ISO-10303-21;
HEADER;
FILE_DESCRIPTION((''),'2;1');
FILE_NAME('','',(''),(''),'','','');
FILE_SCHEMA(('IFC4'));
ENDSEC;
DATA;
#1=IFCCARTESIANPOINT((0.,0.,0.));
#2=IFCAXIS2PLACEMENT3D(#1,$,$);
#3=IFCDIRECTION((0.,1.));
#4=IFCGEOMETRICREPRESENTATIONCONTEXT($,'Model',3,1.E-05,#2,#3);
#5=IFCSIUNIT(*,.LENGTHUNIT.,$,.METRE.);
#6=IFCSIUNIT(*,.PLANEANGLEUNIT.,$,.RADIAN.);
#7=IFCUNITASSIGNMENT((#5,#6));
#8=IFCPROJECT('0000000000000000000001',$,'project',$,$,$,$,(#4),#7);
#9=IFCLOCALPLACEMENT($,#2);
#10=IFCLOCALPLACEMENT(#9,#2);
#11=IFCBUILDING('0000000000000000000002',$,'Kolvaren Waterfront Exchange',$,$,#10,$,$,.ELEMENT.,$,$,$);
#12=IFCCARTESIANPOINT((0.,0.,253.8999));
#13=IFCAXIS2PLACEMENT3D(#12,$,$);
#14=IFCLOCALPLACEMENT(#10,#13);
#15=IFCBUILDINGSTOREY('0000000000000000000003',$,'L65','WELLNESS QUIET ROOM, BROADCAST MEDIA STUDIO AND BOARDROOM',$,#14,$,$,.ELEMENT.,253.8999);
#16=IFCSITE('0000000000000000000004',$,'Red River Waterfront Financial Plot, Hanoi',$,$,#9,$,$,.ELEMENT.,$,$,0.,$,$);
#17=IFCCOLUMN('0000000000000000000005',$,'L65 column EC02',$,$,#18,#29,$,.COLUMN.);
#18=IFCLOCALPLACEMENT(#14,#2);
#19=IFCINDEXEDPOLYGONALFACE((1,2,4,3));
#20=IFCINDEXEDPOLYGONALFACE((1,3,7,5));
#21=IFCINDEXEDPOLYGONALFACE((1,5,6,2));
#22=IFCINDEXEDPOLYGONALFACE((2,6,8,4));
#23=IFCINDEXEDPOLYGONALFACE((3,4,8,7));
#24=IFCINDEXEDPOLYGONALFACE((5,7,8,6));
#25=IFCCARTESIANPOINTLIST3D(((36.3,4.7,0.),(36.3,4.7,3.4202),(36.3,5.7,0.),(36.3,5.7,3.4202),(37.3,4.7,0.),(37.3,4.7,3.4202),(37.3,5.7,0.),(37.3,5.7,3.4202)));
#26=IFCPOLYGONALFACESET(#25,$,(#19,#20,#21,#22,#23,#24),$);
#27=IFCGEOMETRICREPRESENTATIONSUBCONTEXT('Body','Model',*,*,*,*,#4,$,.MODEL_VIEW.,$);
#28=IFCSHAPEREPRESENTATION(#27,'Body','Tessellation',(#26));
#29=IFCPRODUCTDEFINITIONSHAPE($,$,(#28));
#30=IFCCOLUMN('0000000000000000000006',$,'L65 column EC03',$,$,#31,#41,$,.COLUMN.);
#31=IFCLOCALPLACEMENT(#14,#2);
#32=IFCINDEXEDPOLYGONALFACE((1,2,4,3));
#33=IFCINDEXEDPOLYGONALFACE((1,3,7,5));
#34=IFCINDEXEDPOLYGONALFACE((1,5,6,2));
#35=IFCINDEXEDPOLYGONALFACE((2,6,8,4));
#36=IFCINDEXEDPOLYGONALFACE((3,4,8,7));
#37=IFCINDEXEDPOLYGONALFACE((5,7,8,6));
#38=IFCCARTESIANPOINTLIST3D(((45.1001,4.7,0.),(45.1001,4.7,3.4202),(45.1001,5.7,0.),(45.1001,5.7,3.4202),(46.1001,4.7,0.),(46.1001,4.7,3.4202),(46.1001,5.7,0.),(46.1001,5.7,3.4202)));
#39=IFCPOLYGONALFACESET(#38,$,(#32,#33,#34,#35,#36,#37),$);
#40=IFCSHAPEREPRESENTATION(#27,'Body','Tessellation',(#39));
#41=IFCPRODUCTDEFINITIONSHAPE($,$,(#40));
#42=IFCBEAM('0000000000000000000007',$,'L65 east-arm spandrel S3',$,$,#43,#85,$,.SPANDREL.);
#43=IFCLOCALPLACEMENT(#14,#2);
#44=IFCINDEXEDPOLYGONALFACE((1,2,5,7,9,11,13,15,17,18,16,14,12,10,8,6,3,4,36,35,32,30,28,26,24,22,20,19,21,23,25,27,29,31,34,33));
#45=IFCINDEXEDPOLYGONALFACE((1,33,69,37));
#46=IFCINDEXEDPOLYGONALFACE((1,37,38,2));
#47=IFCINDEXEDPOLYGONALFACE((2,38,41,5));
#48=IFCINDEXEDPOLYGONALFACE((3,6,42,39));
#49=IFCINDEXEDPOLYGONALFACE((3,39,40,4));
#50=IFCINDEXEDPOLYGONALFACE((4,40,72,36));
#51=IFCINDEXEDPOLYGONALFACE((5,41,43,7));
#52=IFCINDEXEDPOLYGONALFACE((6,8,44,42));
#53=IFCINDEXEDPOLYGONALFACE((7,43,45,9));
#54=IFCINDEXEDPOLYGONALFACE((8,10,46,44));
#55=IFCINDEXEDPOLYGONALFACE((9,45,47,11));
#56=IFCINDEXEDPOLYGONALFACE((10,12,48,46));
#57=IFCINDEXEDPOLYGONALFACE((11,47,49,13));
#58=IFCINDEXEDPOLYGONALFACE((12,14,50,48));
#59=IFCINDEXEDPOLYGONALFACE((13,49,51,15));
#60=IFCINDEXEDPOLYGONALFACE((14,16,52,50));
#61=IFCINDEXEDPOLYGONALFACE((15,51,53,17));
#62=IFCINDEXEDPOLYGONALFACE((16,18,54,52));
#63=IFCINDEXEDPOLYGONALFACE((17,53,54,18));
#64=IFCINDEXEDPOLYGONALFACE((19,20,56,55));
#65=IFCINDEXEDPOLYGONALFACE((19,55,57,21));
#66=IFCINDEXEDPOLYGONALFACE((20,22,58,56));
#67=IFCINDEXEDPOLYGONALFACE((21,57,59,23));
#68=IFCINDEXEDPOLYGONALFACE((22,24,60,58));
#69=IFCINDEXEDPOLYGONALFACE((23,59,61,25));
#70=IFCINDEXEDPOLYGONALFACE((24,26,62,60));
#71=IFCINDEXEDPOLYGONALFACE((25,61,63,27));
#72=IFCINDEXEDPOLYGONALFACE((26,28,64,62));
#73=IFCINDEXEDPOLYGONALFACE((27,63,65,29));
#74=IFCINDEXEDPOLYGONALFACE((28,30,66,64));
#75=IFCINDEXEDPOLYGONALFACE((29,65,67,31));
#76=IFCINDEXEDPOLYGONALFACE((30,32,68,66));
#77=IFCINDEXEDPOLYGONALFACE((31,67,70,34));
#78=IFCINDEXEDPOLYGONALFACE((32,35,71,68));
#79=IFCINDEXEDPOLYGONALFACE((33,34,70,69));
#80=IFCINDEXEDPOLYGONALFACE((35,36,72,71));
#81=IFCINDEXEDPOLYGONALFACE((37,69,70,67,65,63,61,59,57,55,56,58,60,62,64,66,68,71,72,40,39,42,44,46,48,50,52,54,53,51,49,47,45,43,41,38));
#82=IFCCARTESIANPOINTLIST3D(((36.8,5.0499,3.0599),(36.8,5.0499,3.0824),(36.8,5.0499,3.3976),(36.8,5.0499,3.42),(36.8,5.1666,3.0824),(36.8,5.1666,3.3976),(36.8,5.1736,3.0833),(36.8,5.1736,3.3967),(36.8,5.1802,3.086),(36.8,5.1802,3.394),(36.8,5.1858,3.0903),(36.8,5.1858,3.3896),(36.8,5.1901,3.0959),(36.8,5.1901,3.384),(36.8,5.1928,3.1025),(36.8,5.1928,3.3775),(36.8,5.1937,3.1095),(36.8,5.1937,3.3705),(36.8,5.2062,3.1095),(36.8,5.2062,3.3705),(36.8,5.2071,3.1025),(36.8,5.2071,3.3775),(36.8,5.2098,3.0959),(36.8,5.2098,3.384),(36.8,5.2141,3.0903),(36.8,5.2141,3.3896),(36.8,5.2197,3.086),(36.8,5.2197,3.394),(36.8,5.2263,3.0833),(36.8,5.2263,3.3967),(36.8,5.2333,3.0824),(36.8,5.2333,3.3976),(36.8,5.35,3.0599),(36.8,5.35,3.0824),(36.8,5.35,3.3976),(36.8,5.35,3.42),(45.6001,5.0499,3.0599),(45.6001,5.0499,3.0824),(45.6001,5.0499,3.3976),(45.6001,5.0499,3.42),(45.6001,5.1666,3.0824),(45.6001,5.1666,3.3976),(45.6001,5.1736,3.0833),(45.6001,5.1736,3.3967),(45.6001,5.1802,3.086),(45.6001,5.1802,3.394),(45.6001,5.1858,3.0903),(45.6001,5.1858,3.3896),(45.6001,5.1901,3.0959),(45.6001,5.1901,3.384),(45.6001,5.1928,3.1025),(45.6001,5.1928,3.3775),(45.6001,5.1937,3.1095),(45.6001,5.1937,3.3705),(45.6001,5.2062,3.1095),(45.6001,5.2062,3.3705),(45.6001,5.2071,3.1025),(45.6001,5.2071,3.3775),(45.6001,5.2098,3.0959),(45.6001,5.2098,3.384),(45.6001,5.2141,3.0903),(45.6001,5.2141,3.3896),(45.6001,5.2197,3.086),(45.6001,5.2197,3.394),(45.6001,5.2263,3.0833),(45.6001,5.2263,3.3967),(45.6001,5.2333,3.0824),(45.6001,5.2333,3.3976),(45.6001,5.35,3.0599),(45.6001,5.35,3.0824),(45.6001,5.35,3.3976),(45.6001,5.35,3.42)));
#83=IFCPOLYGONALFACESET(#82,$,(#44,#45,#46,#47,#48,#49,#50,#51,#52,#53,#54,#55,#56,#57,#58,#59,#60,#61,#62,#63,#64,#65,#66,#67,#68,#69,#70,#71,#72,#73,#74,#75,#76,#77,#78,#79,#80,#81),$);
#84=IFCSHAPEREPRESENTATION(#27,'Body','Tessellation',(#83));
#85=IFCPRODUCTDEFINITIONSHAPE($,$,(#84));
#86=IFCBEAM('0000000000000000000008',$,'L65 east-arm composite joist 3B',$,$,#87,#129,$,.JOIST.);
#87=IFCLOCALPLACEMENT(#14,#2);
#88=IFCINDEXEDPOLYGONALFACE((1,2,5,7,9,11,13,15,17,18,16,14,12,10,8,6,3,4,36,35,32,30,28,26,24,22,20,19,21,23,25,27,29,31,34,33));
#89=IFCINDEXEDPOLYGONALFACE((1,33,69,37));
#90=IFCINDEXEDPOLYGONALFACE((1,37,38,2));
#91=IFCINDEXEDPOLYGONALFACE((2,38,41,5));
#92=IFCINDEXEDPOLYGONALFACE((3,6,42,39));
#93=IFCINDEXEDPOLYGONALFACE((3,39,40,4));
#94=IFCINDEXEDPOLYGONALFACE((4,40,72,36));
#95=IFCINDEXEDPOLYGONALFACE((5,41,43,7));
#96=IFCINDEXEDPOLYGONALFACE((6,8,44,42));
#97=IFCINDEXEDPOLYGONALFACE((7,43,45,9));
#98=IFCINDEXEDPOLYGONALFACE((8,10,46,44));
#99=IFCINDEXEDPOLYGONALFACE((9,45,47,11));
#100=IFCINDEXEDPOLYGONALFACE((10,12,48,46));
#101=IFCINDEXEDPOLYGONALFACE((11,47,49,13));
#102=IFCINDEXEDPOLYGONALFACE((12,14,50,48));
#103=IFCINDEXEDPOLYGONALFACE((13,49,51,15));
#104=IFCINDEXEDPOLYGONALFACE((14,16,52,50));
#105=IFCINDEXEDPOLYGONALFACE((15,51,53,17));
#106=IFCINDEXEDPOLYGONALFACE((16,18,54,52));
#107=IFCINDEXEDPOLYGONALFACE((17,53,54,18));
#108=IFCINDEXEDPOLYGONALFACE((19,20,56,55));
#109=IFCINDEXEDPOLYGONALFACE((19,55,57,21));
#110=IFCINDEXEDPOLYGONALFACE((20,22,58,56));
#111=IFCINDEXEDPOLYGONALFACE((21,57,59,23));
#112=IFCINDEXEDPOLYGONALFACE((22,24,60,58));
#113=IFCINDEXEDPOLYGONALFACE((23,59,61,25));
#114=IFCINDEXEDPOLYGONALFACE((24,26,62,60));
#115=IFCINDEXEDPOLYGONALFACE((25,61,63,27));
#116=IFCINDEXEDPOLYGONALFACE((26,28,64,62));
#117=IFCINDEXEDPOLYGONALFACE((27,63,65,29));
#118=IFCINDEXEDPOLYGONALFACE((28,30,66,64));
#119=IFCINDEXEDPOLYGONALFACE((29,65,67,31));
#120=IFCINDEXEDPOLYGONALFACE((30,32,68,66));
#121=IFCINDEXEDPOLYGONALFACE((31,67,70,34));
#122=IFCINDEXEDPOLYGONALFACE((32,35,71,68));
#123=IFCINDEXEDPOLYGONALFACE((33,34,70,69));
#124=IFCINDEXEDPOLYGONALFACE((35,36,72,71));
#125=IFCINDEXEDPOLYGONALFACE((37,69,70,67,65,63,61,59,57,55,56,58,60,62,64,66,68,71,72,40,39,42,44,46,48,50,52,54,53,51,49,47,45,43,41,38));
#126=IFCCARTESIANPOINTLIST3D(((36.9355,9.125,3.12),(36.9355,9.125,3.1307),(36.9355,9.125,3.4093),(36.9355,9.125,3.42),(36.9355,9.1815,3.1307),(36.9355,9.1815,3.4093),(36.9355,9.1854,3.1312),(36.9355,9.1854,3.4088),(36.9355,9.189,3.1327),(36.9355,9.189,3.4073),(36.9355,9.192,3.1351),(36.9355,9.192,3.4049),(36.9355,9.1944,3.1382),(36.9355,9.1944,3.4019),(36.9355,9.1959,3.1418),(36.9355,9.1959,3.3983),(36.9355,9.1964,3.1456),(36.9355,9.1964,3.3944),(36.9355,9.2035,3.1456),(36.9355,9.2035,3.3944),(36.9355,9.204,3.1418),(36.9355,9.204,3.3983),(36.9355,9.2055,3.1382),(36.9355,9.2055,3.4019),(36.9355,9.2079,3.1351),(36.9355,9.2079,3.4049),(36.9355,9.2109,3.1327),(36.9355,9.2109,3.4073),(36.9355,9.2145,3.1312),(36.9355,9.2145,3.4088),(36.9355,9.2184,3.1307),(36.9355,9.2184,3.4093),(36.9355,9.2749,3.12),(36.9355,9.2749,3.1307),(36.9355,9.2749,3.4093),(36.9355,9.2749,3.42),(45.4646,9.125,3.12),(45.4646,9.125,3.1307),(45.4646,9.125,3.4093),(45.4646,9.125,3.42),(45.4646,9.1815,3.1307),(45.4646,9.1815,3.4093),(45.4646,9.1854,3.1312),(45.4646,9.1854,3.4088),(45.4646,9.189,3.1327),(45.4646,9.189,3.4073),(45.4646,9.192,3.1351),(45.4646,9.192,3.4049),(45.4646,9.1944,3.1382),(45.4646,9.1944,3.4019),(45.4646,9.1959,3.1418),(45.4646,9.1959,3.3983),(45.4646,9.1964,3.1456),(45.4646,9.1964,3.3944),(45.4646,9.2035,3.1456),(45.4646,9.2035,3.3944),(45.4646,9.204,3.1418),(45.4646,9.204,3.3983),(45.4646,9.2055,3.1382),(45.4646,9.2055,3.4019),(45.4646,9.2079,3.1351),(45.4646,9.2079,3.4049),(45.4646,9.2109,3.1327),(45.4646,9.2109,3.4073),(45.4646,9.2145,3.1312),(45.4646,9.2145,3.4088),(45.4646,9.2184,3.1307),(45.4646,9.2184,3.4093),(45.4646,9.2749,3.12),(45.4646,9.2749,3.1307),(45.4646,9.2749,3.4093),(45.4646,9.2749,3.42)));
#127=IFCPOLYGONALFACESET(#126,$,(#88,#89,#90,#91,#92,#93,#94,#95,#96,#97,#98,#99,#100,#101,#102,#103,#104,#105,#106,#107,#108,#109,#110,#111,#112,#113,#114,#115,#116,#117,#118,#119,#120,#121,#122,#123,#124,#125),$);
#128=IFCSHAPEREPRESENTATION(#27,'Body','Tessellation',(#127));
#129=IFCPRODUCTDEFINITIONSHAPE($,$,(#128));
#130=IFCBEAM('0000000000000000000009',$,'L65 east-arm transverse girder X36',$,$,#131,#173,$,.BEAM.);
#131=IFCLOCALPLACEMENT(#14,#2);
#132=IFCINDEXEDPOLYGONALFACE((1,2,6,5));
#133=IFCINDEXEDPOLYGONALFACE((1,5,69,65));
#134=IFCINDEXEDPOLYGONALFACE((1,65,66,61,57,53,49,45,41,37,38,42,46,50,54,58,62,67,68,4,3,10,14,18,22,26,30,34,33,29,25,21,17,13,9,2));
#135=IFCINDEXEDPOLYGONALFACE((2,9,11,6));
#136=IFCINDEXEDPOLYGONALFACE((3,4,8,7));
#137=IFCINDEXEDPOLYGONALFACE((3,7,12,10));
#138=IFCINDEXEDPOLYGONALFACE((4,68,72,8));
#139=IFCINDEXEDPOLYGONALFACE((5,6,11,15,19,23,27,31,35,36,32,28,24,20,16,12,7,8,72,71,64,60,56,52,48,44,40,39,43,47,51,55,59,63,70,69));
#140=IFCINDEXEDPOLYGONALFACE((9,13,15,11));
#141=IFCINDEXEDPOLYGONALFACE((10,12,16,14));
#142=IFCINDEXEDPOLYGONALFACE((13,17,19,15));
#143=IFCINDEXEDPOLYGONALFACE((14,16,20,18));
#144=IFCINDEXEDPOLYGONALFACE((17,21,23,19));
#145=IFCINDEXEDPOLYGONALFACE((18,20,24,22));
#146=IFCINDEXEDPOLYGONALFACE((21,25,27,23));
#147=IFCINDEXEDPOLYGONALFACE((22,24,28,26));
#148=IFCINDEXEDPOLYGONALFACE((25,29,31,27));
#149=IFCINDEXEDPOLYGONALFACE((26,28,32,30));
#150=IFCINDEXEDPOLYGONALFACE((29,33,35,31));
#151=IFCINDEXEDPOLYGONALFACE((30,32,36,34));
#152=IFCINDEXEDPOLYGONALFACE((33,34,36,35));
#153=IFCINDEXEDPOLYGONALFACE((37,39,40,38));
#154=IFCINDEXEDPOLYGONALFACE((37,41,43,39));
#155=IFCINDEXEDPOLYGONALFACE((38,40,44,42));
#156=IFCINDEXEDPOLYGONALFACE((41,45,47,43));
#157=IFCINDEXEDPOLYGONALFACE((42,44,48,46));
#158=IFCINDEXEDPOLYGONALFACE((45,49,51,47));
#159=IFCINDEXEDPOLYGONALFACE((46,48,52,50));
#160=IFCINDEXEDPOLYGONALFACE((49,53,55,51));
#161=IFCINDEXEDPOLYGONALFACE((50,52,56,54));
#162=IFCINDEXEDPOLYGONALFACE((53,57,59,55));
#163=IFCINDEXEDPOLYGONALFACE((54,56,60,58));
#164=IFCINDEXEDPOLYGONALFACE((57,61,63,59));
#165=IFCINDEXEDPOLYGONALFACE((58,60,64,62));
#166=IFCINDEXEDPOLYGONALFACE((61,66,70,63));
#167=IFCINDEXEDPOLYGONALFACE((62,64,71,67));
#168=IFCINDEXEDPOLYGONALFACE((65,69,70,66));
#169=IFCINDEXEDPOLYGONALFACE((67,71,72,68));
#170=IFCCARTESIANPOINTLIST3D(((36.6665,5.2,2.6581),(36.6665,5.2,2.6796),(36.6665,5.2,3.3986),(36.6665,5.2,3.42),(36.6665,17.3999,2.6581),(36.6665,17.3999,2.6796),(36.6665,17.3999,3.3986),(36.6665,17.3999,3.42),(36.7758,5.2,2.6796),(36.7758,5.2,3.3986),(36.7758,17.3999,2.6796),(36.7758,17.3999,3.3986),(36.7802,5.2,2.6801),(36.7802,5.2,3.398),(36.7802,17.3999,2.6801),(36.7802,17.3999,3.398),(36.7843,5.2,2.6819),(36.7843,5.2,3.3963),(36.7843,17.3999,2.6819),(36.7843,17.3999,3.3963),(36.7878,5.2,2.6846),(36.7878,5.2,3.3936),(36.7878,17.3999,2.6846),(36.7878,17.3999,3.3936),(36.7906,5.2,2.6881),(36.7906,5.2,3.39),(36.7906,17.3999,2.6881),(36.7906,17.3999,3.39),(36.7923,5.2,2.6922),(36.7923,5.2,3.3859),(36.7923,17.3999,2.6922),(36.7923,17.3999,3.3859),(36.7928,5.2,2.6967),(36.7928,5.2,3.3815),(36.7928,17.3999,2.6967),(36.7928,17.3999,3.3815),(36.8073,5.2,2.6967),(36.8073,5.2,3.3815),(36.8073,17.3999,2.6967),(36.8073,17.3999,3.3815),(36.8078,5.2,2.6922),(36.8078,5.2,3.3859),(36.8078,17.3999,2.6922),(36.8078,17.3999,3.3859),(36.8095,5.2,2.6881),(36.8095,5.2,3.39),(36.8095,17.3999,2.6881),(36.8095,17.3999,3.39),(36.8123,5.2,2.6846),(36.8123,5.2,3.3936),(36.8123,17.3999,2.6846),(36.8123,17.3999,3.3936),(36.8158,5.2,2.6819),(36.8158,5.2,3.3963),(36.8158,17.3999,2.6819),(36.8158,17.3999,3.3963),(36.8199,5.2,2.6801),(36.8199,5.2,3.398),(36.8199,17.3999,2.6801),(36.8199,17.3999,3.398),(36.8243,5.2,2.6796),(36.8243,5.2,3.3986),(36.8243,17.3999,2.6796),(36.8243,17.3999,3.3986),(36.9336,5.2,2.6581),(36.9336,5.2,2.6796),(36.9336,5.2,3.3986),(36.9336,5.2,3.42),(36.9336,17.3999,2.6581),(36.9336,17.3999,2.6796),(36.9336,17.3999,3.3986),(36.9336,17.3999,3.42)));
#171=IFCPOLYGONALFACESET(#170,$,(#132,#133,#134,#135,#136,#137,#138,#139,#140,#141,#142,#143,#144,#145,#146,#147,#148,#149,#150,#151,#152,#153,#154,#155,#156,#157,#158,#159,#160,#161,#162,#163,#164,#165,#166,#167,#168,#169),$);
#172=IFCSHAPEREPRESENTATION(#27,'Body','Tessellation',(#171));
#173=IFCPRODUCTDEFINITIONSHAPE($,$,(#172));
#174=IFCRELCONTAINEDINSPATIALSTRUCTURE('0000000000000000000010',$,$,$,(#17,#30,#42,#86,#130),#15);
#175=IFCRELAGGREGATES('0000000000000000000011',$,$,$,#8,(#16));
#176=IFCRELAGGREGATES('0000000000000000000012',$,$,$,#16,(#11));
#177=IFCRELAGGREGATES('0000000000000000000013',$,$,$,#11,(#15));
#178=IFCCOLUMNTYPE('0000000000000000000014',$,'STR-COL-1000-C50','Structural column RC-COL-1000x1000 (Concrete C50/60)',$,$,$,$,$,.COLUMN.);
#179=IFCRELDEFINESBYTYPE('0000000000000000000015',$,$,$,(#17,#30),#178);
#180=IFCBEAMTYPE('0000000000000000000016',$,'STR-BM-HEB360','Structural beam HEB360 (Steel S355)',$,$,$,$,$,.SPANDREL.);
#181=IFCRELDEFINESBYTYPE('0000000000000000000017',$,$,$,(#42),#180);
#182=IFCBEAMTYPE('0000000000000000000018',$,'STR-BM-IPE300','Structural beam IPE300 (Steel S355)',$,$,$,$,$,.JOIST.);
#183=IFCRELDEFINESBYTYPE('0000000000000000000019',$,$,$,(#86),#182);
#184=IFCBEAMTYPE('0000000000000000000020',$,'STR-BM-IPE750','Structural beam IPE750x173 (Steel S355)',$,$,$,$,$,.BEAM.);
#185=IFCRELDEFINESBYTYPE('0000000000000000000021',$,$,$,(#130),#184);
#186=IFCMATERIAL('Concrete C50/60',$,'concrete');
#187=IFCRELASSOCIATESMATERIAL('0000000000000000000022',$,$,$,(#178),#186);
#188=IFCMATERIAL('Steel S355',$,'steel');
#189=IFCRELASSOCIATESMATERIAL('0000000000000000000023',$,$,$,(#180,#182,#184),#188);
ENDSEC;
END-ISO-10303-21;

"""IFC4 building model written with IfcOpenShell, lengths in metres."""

from ifc_helpers import new_model, si_unit, direction, frame, origin, origin_2d, place, context, subcontext, project, spatial, rectangle, i_section, extrude, material, material_profile, profile_set, type_object, element, save


model = new_model("IFC4")

# Units and contexts
model_context = context("Model", 3, precision=1e-05, world=origin(), true_north=direction((0.0, 1.0)))
body_context = subcontext(model_context, "Body", "Model", "MODEL_VIEW")
ifc_project = project(units=[si_unit("LENGTHUNIT", "METRE"), si_unit("PLANEANGLEUNIT", "RADIAN")], contexts=[model_context])

# Site, building, storey
site_placement = place(None, origin())
site = spatial("IfcSite", under=ifc_project, at=site_placement, Name="Red River Waterfront Financial Plot, Hanoi", CompositionType="ELEMENT", RefElevation=0.0)
building_placement = place(site_placement, origin())
building = spatial("IfcBuilding", under=site, at=building_placement, Name="Kolvaren Waterfront Exchange", CompositionType="ELEMENT")
storey_placement = place(building_placement, frame((0.0, 0.0, 253.8999)))
storey = spatial("IfcBuildingStorey", under=building, at=storey_placement, Name="L65", Description="WELLNESS QUIET ROOM, BROADCAST MEDIA STUDIO AND BOARDROOM", CompositionType="ELEMENT", Elevation=253.8999)

# Columns
ifc_material_1 = material(Name="Concrete C50/60", Category="concrete")
ifc_material_profile_1 = material_profile(ifc_material_1, rectangle(XDim=1.0, YDim=1.0, at=origin_2d()), Name="RC-COL-1000x1000")
ifc_profile_set_1 = profile_set([ifc_material_profile_1], Name="Concrete C50/60")
column_type = type_object("IfcColumnType", Name="STR-COL-1000-C50", Description="Structural column RC-COL-1000x1000 (Concrete C50/60)", PredefinedType="COLUMN", material=ifc_profile_set_1)
for number, where, z_axis, x_axis, name in (
    (1, (36.8, 5.2, 0.0), (0.0, 0.0, 1.0), (1.0, 0.0, 0.0), "L65 column EC02"),
    (2, (45.6001, 5.2, 0.0), (0.0, 0.0, 1.0), (1.0, 0.0, 0.0), "L65 column EC03"),
):
    element("IfcColumn", number, at=place(storey_placement, frame(where, z_axis=z_axis, x_axis=x_axis)), inside=storey, type_object=column_type, Name=name, PredefinedType="COLUMN", context=body_context, shape_type="SweptSolid", body=[
        extrude(rectangle(XDim=1.0, YDim=1.0, at=origin_2d()), origin(), (0.0, 0.0, 1.0), 3.4202),
    ])

# Beams
ifc_material_2 = material(Name="Steel S355", Category="steel")
ifc_material_profile_2 = material_profile(ifc_material_2, i_section(OverallWidth=0.3, OverallDepth=0.3601, WebThickness=0.0125, FlangeThickness=0.0225, FilletRadius=0.0271, at=origin_2d()), Name="HEB360")
ifc_profile_set_2 = profile_set([ifc_material_profile_2], Name="Steel S355")
beam_type_1 = type_object("IfcBeamType", Name="STR-BM-HEB360", Description="Structural beam HEB360 (Steel S355)", PredefinedType="SPANDREL", material=ifc_profile_set_2)
beam_1_placement = place(storey_placement, frame((36.8, 5.2, 3.24), z_axis=(1.0, 0.0, 0.0), x_axis=(0.0, 1.0, 0.0)))
element("IfcBeam", 3, at=beam_1_placement, inside=storey, type_object=beam_type_1, Name="L65 east-arm spandrel S3", PredefinedType="SPANDREL", context=body_context, shape_type="SweptSolid", body=[
    extrude(i_section(OverallWidth=0.3, OverallDepth=0.3601, WebThickness=0.0125, FlangeThickness=0.0225, FilletRadius=0.0271, at=origin_2d()), origin(), (0.0, 0.0, 1.0), 8.8),
])
ifc_material_profile_3 = material_profile(ifc_material_2, i_section(OverallWidth=0.1499, OverallDepth=0.3, WebThickness=0.0071, FlangeThickness=0.0107, FilletRadius=0.0149, at=origin_2d()), Name="IPE300")
ifc_profile_set_3 = profile_set([ifc_material_profile_3], Name="Steel S355")
beam_type_2 = type_object("IfcBeamType", Name="STR-BM-IPE300", Description="Structural beam IPE300 (Steel S355)", PredefinedType="JOIST", material=ifc_profile_set_3)
beam_2_placement = place(storey_placement, frame((36.9355, 9.2, 3.27), z_axis=(1.0, 0.0, 0.0), x_axis=(0.0, 1.0, 0.0)))
element("IfcBeam", 4, at=beam_2_placement, inside=storey, type_object=beam_type_2, Name="L65 east-arm composite joist 3B", PredefinedType="JOIST", context=body_context, shape_type="SweptSolid", body=[
    extrude(i_section(OverallWidth=0.1499, OverallDepth=0.3, WebThickness=0.0071, FlangeThickness=0.0107, FilletRadius=0.0149, at=origin_2d()), origin(), (0.0, 0.0, 1.0), 8.5291),
])
ifc_material_profile_4 = material_profile(ifc_material_2, i_section(OverallWidth=0.2671, OverallDepth=0.762, WebThickness=0.0144, FlangeThickness=0.0215, FilletRadius=0.0171, at=origin_2d()), Name="IPE750x173")
ifc_profile_set_4 = profile_set([ifc_material_profile_4], Name="Steel S355")
beam_type_3 = type_object("IfcBeamType", Name="STR-BM-IPE750", Description="Structural beam IPE750x173 (Steel S355)", PredefinedType="BEAM", material=ifc_profile_set_4)
for number, where, z_axis, x_axis, name in (
    (5, (36.8, 5.2, 3.0391), (0.0, 1.0, 0.0), (-1.0, 0.0, 0.0), "L65 east-arm transverse girder X36"),
):
    element("IfcBeam", number, at=place(storey_placement, frame(where, z_axis=z_axis, x_axis=x_axis)), inside=storey, type_object=beam_type_3, Name=name, PredefinedType="BEAM", context=body_context, shape_type="SweptSolid", body=[
        extrude(i_section(OverallWidth=0.2671, OverallDepth=0.762, WebThickness=0.0144, FlangeThickness=0.0215, FilletRadius=0.0171, at=origin_2d()), origin(), (0.0, 0.0, 1.0), 12.2),
    ])

save(model, "model.ifc")
